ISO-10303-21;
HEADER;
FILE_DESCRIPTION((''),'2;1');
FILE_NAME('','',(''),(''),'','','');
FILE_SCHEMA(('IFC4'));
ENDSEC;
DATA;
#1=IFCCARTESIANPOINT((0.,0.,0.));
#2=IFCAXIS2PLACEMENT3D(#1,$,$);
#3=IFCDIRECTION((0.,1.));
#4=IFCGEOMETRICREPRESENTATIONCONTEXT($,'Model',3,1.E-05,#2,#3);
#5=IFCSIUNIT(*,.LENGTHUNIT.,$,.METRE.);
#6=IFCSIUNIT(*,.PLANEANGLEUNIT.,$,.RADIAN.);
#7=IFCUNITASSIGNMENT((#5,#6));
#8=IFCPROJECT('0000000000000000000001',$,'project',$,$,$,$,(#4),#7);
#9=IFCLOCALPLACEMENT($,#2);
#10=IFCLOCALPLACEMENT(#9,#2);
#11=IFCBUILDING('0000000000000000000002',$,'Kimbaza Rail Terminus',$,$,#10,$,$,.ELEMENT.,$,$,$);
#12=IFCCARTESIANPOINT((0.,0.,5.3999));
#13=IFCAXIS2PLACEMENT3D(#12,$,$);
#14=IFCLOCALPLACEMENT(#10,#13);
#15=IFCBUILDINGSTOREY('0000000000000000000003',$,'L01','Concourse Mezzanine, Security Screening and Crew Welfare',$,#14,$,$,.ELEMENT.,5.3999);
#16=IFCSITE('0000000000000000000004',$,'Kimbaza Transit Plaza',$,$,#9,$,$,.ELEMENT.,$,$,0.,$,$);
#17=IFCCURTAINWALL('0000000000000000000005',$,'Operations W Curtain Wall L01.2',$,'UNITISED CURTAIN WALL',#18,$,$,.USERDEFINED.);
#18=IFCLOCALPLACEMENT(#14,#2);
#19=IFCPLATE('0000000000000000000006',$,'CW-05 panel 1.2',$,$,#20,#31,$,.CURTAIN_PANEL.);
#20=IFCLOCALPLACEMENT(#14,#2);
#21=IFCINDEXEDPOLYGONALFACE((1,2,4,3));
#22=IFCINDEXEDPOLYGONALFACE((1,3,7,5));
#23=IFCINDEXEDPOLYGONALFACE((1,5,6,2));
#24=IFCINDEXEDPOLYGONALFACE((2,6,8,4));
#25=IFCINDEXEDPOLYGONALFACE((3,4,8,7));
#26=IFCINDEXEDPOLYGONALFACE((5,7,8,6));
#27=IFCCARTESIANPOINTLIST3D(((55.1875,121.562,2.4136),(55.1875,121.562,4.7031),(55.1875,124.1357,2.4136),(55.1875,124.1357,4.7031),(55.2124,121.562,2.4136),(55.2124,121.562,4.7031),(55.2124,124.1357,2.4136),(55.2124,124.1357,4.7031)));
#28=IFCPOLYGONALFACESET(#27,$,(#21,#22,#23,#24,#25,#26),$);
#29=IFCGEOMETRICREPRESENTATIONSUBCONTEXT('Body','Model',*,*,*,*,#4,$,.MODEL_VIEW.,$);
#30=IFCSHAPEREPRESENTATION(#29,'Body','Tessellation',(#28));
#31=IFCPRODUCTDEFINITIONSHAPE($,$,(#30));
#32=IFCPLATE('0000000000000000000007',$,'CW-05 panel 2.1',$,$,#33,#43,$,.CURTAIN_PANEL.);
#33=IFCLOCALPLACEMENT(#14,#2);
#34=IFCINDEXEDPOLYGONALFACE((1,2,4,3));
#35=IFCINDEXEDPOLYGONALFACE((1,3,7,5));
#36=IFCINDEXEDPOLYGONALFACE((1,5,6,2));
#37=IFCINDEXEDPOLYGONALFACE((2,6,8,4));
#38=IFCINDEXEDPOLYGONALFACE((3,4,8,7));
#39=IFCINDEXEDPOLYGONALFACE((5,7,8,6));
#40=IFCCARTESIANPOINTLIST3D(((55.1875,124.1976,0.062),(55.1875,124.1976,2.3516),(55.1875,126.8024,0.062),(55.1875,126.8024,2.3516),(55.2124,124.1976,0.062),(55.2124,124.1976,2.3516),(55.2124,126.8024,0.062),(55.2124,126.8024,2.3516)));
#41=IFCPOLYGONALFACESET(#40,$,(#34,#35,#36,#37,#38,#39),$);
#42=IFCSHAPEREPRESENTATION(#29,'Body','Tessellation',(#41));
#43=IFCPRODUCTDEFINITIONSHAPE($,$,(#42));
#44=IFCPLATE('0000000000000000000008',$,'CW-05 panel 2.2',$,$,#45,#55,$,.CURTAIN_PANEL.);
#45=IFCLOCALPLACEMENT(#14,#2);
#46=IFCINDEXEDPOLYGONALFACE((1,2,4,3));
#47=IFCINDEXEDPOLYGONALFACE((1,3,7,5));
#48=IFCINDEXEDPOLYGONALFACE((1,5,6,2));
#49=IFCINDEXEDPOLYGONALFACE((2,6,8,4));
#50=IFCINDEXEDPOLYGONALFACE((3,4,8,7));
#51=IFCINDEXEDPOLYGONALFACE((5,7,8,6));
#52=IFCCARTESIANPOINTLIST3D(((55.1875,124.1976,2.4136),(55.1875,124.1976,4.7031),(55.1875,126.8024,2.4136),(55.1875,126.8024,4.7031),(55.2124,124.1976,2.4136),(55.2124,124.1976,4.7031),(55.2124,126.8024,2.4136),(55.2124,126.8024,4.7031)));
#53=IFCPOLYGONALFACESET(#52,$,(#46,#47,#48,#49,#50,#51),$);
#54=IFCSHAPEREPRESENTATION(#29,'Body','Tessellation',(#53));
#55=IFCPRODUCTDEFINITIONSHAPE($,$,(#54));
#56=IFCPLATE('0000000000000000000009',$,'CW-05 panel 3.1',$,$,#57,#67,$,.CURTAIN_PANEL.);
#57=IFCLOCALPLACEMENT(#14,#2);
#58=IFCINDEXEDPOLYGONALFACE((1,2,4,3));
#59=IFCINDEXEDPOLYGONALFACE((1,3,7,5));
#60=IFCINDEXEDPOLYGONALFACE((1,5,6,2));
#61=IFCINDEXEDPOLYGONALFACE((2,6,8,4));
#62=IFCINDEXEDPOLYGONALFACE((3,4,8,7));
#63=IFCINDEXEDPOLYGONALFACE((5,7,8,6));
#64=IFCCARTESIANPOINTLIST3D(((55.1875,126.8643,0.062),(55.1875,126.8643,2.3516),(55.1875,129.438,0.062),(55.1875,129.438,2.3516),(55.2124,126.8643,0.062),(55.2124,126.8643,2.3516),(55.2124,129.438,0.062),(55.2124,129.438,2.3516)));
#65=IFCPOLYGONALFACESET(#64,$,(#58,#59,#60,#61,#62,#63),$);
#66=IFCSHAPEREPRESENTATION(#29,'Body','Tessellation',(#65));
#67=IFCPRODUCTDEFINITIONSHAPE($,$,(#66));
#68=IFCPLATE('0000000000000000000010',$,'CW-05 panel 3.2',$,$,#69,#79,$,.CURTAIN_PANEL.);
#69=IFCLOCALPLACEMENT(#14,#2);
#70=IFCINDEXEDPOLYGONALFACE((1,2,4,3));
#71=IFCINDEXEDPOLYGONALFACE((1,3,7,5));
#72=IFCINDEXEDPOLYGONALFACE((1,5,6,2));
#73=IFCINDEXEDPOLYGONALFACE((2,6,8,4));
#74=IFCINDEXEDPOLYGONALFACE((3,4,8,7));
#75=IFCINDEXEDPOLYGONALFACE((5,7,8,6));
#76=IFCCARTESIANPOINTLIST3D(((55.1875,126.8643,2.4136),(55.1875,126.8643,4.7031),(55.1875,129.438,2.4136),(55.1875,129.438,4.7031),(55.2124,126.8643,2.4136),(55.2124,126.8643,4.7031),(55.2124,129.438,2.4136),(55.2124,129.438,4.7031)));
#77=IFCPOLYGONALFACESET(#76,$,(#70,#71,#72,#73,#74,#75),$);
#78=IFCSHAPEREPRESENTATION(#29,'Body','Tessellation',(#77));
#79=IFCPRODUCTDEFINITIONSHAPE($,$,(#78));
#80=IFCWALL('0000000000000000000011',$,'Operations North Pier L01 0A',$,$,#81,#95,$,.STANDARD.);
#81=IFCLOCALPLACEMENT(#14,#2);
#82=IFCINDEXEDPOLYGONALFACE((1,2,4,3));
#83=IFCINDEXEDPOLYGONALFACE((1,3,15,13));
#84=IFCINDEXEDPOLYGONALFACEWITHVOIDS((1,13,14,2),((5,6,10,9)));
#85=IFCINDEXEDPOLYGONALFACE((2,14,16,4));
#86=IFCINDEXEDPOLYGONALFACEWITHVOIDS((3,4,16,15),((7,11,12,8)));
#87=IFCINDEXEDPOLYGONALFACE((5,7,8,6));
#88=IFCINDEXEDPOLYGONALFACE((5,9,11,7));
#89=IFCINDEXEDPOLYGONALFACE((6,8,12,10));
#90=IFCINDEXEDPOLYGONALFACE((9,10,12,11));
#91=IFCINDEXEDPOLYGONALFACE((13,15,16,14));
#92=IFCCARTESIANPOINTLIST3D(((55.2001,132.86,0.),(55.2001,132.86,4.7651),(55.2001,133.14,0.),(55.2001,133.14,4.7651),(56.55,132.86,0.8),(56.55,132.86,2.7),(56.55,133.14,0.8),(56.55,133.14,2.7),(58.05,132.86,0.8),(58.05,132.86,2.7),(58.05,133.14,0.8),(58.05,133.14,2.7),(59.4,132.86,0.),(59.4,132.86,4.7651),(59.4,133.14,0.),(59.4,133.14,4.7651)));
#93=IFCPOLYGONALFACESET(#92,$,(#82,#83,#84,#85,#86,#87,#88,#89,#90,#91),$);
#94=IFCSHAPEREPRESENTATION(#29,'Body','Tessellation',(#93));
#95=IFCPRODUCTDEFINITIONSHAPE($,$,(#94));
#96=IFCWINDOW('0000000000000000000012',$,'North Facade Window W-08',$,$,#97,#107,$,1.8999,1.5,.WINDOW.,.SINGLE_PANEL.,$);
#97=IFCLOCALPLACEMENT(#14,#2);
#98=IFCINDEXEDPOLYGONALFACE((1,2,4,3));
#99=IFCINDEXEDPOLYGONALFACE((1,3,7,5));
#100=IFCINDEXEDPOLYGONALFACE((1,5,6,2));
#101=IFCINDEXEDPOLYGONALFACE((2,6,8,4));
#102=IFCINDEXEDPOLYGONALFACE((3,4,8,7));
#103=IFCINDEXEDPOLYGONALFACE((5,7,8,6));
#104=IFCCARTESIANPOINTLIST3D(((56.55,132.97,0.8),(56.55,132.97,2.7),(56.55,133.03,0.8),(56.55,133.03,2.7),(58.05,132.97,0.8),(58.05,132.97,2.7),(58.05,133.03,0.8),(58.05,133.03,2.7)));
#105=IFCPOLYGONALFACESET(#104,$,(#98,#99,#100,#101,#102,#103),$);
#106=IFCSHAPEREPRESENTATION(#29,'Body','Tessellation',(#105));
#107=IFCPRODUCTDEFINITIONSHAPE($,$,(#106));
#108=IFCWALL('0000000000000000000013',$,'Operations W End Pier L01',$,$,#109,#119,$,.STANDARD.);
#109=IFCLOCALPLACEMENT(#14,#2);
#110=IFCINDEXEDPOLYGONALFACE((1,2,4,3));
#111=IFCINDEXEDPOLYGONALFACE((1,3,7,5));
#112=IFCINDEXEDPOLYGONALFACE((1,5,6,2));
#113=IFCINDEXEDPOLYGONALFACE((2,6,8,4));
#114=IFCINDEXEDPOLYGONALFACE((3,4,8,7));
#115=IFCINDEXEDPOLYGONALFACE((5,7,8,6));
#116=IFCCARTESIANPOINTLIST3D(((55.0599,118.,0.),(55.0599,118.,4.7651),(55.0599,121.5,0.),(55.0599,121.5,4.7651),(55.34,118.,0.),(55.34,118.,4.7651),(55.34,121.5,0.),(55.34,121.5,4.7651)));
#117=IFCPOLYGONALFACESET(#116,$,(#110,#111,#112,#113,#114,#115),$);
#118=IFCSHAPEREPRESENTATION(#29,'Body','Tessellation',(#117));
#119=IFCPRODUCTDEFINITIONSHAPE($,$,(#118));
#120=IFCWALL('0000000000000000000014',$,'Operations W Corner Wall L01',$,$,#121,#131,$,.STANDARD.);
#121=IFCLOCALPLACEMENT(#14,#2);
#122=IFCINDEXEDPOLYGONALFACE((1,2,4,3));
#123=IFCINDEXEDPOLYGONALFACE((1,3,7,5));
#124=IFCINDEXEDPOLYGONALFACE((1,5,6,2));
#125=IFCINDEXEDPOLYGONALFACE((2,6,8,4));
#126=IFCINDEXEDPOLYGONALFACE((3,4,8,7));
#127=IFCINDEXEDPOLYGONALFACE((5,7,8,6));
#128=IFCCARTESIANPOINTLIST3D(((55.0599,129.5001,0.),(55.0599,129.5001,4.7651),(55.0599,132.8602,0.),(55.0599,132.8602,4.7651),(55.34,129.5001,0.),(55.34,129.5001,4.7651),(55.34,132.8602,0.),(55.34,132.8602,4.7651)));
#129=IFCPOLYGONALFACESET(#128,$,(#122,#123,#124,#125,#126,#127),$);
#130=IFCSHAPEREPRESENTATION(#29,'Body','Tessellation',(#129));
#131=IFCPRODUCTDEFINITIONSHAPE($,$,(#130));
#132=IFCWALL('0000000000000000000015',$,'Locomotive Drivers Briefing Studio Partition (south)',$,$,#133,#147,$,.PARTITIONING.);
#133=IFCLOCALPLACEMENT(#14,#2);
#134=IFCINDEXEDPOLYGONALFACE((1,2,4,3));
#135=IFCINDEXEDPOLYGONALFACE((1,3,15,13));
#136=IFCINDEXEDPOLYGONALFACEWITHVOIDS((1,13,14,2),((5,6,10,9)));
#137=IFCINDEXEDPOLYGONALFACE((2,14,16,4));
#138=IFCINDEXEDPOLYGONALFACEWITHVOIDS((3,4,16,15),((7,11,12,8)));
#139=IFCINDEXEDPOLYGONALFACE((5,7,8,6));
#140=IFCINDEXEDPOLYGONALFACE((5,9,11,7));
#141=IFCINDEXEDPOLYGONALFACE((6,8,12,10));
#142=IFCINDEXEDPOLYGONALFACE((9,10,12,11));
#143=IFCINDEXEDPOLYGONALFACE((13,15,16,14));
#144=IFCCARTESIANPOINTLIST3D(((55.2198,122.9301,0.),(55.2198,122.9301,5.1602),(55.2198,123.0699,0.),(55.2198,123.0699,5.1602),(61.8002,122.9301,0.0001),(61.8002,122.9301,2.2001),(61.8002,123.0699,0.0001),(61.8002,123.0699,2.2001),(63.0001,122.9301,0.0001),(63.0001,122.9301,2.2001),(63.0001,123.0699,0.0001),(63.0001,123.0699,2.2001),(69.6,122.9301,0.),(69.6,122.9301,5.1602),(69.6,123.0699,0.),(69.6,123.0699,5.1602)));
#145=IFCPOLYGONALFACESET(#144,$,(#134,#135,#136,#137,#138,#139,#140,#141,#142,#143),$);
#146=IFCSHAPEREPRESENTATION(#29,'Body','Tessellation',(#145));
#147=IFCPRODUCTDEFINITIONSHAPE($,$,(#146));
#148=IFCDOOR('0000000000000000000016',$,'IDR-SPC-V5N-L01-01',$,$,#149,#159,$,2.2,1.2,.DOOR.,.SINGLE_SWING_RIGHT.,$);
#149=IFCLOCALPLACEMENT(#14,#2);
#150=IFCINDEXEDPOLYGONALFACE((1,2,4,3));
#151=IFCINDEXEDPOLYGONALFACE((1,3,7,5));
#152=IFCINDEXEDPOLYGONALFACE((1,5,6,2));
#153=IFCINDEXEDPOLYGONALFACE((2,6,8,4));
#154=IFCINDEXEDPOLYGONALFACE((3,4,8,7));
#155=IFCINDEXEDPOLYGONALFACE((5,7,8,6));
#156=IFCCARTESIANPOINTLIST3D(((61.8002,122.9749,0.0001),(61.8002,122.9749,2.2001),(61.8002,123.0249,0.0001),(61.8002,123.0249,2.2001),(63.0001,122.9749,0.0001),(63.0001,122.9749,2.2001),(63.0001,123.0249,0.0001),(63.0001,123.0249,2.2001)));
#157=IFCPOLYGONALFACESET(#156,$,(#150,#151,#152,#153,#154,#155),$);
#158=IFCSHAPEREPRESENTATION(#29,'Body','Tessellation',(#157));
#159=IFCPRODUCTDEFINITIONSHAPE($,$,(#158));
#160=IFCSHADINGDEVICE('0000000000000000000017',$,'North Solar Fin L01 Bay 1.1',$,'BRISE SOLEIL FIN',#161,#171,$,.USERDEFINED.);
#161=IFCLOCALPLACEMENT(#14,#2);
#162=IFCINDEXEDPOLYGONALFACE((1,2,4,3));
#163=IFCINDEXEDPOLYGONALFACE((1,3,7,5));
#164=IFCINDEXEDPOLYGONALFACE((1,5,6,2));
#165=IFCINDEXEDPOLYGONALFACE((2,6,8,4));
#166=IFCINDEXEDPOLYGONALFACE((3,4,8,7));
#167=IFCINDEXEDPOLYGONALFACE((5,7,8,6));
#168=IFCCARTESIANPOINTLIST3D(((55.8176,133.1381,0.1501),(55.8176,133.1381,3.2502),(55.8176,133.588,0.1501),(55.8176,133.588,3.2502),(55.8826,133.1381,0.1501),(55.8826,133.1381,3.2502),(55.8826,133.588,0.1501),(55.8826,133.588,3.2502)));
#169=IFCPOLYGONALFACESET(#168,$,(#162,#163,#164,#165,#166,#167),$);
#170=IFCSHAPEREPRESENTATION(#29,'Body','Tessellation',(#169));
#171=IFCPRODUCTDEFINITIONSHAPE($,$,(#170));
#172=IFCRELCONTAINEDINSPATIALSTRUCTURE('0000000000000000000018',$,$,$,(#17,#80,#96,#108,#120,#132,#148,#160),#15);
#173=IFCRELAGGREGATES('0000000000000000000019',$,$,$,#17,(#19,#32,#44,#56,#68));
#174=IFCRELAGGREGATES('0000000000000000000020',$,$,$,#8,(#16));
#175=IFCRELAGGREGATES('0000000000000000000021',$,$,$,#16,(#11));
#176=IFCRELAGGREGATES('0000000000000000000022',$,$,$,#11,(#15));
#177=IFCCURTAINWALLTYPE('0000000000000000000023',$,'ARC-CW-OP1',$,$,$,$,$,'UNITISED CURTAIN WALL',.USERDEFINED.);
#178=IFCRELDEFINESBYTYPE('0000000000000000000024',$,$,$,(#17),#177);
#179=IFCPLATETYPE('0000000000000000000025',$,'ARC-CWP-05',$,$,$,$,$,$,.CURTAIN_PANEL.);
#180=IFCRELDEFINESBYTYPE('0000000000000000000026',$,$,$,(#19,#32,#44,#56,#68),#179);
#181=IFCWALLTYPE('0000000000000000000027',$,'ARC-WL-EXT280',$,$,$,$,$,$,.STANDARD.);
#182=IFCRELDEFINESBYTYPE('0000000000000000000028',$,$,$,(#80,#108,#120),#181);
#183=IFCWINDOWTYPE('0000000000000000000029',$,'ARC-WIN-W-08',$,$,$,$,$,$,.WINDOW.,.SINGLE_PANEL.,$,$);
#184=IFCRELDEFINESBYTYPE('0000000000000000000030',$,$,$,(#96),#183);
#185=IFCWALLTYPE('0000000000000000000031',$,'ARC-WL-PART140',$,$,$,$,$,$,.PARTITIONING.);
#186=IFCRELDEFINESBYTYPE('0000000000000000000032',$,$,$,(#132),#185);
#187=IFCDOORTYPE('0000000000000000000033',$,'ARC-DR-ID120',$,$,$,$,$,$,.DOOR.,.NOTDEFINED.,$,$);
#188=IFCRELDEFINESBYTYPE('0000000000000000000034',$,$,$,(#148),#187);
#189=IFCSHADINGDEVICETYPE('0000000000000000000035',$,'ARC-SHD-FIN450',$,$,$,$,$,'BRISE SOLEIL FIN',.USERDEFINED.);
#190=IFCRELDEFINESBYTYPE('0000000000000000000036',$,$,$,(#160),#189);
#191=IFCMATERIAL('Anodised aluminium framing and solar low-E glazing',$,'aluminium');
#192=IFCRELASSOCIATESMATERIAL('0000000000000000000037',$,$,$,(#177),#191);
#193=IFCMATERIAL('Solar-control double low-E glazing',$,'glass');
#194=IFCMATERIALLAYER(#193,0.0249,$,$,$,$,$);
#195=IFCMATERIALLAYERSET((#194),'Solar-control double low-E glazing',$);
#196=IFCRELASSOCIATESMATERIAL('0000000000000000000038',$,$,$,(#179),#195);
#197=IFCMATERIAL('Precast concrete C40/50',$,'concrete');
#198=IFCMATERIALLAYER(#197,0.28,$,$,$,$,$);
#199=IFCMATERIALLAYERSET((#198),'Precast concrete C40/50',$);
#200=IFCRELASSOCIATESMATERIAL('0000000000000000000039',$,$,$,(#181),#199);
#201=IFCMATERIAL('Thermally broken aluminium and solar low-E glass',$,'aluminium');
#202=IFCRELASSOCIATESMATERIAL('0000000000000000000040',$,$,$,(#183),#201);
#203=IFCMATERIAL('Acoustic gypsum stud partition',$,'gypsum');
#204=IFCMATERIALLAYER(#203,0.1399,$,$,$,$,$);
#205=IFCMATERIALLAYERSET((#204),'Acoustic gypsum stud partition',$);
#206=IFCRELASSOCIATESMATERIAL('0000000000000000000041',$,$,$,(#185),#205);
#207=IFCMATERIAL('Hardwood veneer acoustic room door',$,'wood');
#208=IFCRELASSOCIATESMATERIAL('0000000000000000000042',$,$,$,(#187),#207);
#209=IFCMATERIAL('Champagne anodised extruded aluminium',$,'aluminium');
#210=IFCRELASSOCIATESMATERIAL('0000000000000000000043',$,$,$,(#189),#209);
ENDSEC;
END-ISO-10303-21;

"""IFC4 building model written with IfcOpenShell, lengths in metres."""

from ifc_helpers import new_model, si_unit, direction, frame, frame_2d, origin, origin_2d, place, context, subcontext, project, spatial, rectangle, extrude, material, layer, layer_set, type_object, element, fill, aggregate, save


model = new_model("IFC4")

# Units and contexts
model_context = context("Model", 3, precision=1e-05, world=origin(), true_north=direction((0.0, 1.0)))
body_context = subcontext(model_context, "Body", "Model", "MODEL_VIEW")
ifc_project = project(units=[si_unit("LENGTHUNIT", "METRE"), si_unit("PLANEANGLEUNIT", "RADIAN")], contexts=[model_context])

# Site, building, storey
site_placement = place(None, origin())
site = spatial("IfcSite", under=ifc_project, at=site_placement, Name="Kimbaza Transit Plaza", CompositionType="ELEMENT", RefElevation=0.0)
building_placement = place(site_placement, origin())
building = spatial("IfcBuilding", under=site, at=building_placement, Name="Kimbaza Rail Terminus", CompositionType="ELEMENT")
storey_placement = place(building_placement, frame((0.0, 0.0, 5.3999)))
storey = spatial("IfcBuildingStorey", under=building, at=storey_placement, Name="L01", Description="Concourse Mezzanine, Security Screening and Crew Welfare", CompositionType="ELEMENT", Elevation=5.3999)

# Curtain wall
ifc_material_1 = material(Name="Anodised aluminium framing and solar low-E glazing", Category="aluminium")
curtain_wall_type = type_object("IfcCurtainWallType", Name="ARC-CW-OP1", ElementType="UNITISED CURTAIN WALL", PredefinedType="USERDEFINED", material=ifc_material_1)
curtain_wall_placement = place(storey_placement, origin())
curtain_wall = element("IfcCurtainWall", 1, at=curtain_wall_placement, inside=storey, type_object=curtain_wall_type, Name="Operations W Curtain Wall L01.2", ObjectType="UNITISED CURTAIN WALL", PredefinedType="USERDEFINED")

# Plates
ifc_material_2 = material(Name="Solar-control double low-E glazing", Category="glass")
ifc_layer_1 = layer(ifc_material_2, 0.0249)
ifc_layer_set_1 = layer_set([ifc_layer_1], Name="Solar-control double low-E glazing")
plate_type = type_object("IfcPlateType", Name="ARC-CWP-05", PredefinedType="CURTAIN_PANEL", material=ifc_layer_set_1)
plate_1_placement = place(storey_placement, frame((55.2, 122.8489, 2.4136), z_axis=(0.0, 0.0, 1.0), x_axis=(0.0, 1.0, 0.0)))
plate_1 = element("IfcPlate", 2, at=plate_1_placement, type_object=plate_type, Name="CW-05 panel 1.2", PredefinedType="CURTAIN_PANEL", context=body_context, shape_type="SweptSolid", body=[
    extrude(rectangle(XDim=2.5737, YDim=0.0249, at=origin_2d()), origin(), (0.0, 0.0, 1.0), 2.2896),
])
plate_2_placement = place(storey_placement, frame((55.2, 125.5, 0.062), z_axis=(0.0, 0.0, 1.0), x_axis=(0.0, 1.0, 0.0)))
plate_2 = element("IfcPlate", 3, at=plate_2_placement, type_object=plate_type, Name="CW-05 panel 2.1", PredefinedType="CURTAIN_PANEL", context=body_context, shape_type="SweptSolid", body=[
    extrude(rectangle(XDim=2.6047, YDim=0.0249, at=origin_2d()), origin(), (0.0, 0.0, 1.0), 2.2896),
])
plate_3_placement = place(storey_placement, frame((55.2, 125.5, 2.4136), z_axis=(0.0, 0.0, 1.0), x_axis=(0.0, 1.0, 0.0)))
plate_3 = element("IfcPlate", 4, at=plate_3_placement, type_object=plate_type, Name="CW-05 panel 2.2", PredefinedType="CURTAIN_PANEL", context=body_context, shape_type="SweptSolid", body=[
    extrude(rectangle(XDim=2.6047, YDim=0.0249, at=origin_2d()), origin(), (0.0, 0.0, 1.0), 2.2896),
])
plate_4_placement = place(storey_placement, frame((55.2, 128.1511, 0.062), z_axis=(0.0, 0.0, 1.0), x_axis=(0.0, 1.0, 0.0)))
plate_4 = element("IfcPlate", 5, at=plate_4_placement, type_object=plate_type, Name="CW-05 panel 3.1", PredefinedType="CURTAIN_PANEL", context=body_context, shape_type="SweptSolid", body=[
    extrude(rectangle(XDim=2.5737, YDim=0.0249, at=origin_2d()), origin(), (0.0, 0.0, 1.0), 2.2896),
])
plate_5_placement = place(storey_placement, frame((55.2, 128.1511, 2.4136), z_axis=(0.0, 0.0, 1.0), x_axis=(0.0, 1.0, 0.0)))
plate_5 = element("IfcPlate", 6, at=plate_5_placement, type_object=plate_type, Name="CW-05 panel 3.2", PredefinedType="CURTAIN_PANEL", context=body_context, shape_type="SweptSolid", body=[
    extrude(rectangle(XDim=2.5737, YDim=0.0249, at=origin_2d()), origin(), (0.0, 0.0, 1.0), 2.2896),
])
aggregate(curtain_wall, [plate_1, plate_2, plate_3, plate_4, plate_5])

# Wall, opening, window
ifc_material_3 = material(Name="Precast concrete C40/50", Category="concrete")
ifc_layer_2 = layer(ifc_material_3, 0.28)
ifc_layer_set_2 = layer_set([ifc_layer_2], Name="Precast concrete C40/50")
wall_type_1 = type_object("IfcWallType", Name="ARC-WL-EXT280", PredefinedType="STANDARD", material=ifc_layer_set_2)
wall_1_placement = place(storey_placement, frame((55.2, 133.0, 0.0), z_axis=(0.0, 0.0, 1.0), x_axis=(1.0, 0.0, 0.0)))
wall_1 = element("IfcWall", 7, at=wall_1_placement, inside=storey, type_object=wall_type_1, Name="Operations North Pier L01 0A", PredefinedType="STANDARD", context=body_context, shape_type="SweptSolid", body=[
    extrude(rectangle(XDim=4.2, YDim=0.28, at=frame_2d((2.1001, 0.0))), origin(), (0.0, 0.0, 1.0), 4.7651),
])
opening_1_placement = place(wall_1_placement, frame((1.3501, 0.0, 0.8)))
opening_1 = element("IfcOpeningElement", 8, at=opening_1_placement, cuts=wall_1, PredefinedType="OPENING", context=body_context, shape_type="SweptSolid", body=[
    extrude(rectangle(XDim=1.5, YDim=1.8999, at=frame_2d((0.75, 0.95))), frame((0.0, 0.1499, 0.0), z_axis=(0.0, -1.0, 0.0), x_axis=(1.0, 0.0, 0.0)), (0.0, 0.0, 1.0), 0.3),
])
ifc_material_4 = material(Name="Thermally broken aluminium and solar low-E glass", Category="aluminium")
window_type = type_object("IfcWindowType", Name="ARC-WIN-W-08", PartitioningType="SINGLE_PANEL", PredefinedType="WINDOW", material=ifc_material_4)
window_placement = place(opening_1_placement, origin())
window = element("IfcWindow", 9, at=window_placement, inside=storey, type_object=window_type, Name="North Facade Window W-08", OverallHeight=1.8999, OverallWidth=1.5, PartitioningType="SINGLE_PANEL", PredefinedType="WINDOW", context=body_context, shape_type="SweptSolid", body=[
    extrude(rectangle(XDim=1.5, YDim=1.8999, at=frame_2d((0.75, 0.95))), frame((0.0, 0.03, 0.0), z_axis=(0.0, -1.0, 0.0), x_axis=(1.0, 0.0, 0.0)), (0.0, 0.0, 1.0), 0.0601),
])
fill(opening_1, window)

# Walls
wall_2_placement = place(storey_placement, frame((55.2, 118.0, 0.0), z_axis=(0.0, 0.0, 1.0), x_axis=(0.0, 1.0, 0.0)))
element("IfcWall", 10, at=wall_2_placement, inside=storey, type_object=wall_type_1, Name="Operations W End Pier L01", PredefinedType="STANDARD", context=body_context, shape_type="SweptSolid", body=[
    extrude(rectangle(XDim=3.5, YDim=0.28, at=frame_2d((1.75, 0.0))), origin(), (0.0, 0.0, 1.0), 4.7651),
])
wall_3_placement = place(storey_placement, frame((55.2, 129.5, 0.0), z_axis=(0.0, 0.0, 1.0), x_axis=(0.0, 1.0, 0.0)))
element("IfcWall", 11, at=wall_3_placement, inside=storey, type_object=wall_type_1, Name="Operations W Corner Wall L01", PredefinedType="STANDARD", context=body_context, shape_type="SweptSolid", body=[
    extrude(rectangle(XDim=3.3601, YDim=0.28, at=frame_2d((1.6802, 0.0))), origin(), (0.0, 0.0, 1.0), 4.7651),
])

# Wall, opening, door
ifc_material_5 = material(Name="Acoustic gypsum stud partition", Category="gypsum")
ifc_layer_3 = layer(ifc_material_5, 0.1399)
ifc_layer_set_3 = layer_set([ifc_layer_3], Name="Acoustic gypsum stud partition")
wall_type_2 = type_object("IfcWallType", Name="ARC-WL-PART140", PredefinedType="PARTITIONING", material=ifc_layer_set_3)
wall_4_placement = place(storey_placement, frame((55.22, 123.0, 0.0), z_axis=(0.0, 0.0, 1.0), x_axis=(1.0, 0.0, 0.0)))
wall_4 = element("IfcWall", 12, at=wall_4_placement, inside=storey, type_object=wall_type_2, Name="Locomotive Drivers Briefing Studio Partition (south)", PredefinedType="PARTITIONING", context=body_context, shape_type="SweptSolid", body=[
    extrude(rectangle(XDim=14.3801, YDim=0.1399, at=frame_2d((7.1899, 0.0))), origin(), (0.0, 0.0, 1.0), 5.1602),
])
opening_2_placement = place(wall_4_placement, frame((6.5801, 0.0, 0.0)))
opening_2 = element("IfcOpeningElement", 13, at=opening_2_placement, cuts=wall_4, PredefinedType="OPENING", context=body_context, shape_type="SweptSolid", body=[
    extrude(rectangle(XDim=1.2, YDim=2.2, at=frame_2d((0.6001, 1.1001))), frame((0.0, 0.0798, 0.0), z_axis=(0.0, -1.0, 0.0), x_axis=(1.0, 0.0, 0.0)), (0.0, 0.0, 1.0), 0.1599),
])
ifc_material_6 = material(Name="Hardwood veneer acoustic room door", Category="wood")
door_type = type_object("IfcDoorType", Name="ARC-DR-ID120", OperationType="NOTDEFINED", PredefinedType="DOOR", material=ifc_material_6)
door_placement = place(opening_2_placement, origin())
door = element("IfcDoor", 14, at=door_placement, inside=storey, type_object=door_type, Name="IDR-SPC-V5N-L01-01", OperationType="SINGLE_SWING_RIGHT", OverallHeight=2.2, OverallWidth=1.2, PredefinedType="DOOR", context=body_context, shape_type="SweptSolid", body=[
    extrude(rectangle(XDim=1.2, YDim=2.2, at=frame_2d((0.6001, 1.1001))), frame((0.0, 0.0249, 0.0), z_axis=(0.0, -1.0, 0.0), x_axis=(1.0, 0.0, 0.0)), (0.0, 0.0, 1.0), 0.05),
])
fill(opening_2, door)

# Shading device
ifc_material_7 = material(Name="Champagne anodised extruded aluminium", Category="aluminium")
shading_device_type = type_object("IfcShadingDeviceType", Name="ARC-SHD-FIN450", ElementType="BRISE SOLEIL FIN", PredefinedType="USERDEFINED", material=ifc_material_7)
shading_device_placement = place(storey_placement, frame((55.8501, 133.363, 0.1501), z_axis=(0.0, 0.0, 1.0), x_axis=(1.0, 0.0, 0.0)))
element("IfcShadingDevice", 15, at=shading_device_placement, inside=storey, type_object=shading_device_type, Name="North Solar Fin L01 Bay 1.1", ObjectType="BRISE SOLEIL FIN", PredefinedType="USERDEFINED", context=body_context, shape_type="SweptSolid", body=[
    extrude(rectangle(XDim=0.0649, YDim=0.45, at=origin_2d()), origin(), (0.0, 0.0, 1.0), 3.1001),
])

save(model, "model.ifc")
